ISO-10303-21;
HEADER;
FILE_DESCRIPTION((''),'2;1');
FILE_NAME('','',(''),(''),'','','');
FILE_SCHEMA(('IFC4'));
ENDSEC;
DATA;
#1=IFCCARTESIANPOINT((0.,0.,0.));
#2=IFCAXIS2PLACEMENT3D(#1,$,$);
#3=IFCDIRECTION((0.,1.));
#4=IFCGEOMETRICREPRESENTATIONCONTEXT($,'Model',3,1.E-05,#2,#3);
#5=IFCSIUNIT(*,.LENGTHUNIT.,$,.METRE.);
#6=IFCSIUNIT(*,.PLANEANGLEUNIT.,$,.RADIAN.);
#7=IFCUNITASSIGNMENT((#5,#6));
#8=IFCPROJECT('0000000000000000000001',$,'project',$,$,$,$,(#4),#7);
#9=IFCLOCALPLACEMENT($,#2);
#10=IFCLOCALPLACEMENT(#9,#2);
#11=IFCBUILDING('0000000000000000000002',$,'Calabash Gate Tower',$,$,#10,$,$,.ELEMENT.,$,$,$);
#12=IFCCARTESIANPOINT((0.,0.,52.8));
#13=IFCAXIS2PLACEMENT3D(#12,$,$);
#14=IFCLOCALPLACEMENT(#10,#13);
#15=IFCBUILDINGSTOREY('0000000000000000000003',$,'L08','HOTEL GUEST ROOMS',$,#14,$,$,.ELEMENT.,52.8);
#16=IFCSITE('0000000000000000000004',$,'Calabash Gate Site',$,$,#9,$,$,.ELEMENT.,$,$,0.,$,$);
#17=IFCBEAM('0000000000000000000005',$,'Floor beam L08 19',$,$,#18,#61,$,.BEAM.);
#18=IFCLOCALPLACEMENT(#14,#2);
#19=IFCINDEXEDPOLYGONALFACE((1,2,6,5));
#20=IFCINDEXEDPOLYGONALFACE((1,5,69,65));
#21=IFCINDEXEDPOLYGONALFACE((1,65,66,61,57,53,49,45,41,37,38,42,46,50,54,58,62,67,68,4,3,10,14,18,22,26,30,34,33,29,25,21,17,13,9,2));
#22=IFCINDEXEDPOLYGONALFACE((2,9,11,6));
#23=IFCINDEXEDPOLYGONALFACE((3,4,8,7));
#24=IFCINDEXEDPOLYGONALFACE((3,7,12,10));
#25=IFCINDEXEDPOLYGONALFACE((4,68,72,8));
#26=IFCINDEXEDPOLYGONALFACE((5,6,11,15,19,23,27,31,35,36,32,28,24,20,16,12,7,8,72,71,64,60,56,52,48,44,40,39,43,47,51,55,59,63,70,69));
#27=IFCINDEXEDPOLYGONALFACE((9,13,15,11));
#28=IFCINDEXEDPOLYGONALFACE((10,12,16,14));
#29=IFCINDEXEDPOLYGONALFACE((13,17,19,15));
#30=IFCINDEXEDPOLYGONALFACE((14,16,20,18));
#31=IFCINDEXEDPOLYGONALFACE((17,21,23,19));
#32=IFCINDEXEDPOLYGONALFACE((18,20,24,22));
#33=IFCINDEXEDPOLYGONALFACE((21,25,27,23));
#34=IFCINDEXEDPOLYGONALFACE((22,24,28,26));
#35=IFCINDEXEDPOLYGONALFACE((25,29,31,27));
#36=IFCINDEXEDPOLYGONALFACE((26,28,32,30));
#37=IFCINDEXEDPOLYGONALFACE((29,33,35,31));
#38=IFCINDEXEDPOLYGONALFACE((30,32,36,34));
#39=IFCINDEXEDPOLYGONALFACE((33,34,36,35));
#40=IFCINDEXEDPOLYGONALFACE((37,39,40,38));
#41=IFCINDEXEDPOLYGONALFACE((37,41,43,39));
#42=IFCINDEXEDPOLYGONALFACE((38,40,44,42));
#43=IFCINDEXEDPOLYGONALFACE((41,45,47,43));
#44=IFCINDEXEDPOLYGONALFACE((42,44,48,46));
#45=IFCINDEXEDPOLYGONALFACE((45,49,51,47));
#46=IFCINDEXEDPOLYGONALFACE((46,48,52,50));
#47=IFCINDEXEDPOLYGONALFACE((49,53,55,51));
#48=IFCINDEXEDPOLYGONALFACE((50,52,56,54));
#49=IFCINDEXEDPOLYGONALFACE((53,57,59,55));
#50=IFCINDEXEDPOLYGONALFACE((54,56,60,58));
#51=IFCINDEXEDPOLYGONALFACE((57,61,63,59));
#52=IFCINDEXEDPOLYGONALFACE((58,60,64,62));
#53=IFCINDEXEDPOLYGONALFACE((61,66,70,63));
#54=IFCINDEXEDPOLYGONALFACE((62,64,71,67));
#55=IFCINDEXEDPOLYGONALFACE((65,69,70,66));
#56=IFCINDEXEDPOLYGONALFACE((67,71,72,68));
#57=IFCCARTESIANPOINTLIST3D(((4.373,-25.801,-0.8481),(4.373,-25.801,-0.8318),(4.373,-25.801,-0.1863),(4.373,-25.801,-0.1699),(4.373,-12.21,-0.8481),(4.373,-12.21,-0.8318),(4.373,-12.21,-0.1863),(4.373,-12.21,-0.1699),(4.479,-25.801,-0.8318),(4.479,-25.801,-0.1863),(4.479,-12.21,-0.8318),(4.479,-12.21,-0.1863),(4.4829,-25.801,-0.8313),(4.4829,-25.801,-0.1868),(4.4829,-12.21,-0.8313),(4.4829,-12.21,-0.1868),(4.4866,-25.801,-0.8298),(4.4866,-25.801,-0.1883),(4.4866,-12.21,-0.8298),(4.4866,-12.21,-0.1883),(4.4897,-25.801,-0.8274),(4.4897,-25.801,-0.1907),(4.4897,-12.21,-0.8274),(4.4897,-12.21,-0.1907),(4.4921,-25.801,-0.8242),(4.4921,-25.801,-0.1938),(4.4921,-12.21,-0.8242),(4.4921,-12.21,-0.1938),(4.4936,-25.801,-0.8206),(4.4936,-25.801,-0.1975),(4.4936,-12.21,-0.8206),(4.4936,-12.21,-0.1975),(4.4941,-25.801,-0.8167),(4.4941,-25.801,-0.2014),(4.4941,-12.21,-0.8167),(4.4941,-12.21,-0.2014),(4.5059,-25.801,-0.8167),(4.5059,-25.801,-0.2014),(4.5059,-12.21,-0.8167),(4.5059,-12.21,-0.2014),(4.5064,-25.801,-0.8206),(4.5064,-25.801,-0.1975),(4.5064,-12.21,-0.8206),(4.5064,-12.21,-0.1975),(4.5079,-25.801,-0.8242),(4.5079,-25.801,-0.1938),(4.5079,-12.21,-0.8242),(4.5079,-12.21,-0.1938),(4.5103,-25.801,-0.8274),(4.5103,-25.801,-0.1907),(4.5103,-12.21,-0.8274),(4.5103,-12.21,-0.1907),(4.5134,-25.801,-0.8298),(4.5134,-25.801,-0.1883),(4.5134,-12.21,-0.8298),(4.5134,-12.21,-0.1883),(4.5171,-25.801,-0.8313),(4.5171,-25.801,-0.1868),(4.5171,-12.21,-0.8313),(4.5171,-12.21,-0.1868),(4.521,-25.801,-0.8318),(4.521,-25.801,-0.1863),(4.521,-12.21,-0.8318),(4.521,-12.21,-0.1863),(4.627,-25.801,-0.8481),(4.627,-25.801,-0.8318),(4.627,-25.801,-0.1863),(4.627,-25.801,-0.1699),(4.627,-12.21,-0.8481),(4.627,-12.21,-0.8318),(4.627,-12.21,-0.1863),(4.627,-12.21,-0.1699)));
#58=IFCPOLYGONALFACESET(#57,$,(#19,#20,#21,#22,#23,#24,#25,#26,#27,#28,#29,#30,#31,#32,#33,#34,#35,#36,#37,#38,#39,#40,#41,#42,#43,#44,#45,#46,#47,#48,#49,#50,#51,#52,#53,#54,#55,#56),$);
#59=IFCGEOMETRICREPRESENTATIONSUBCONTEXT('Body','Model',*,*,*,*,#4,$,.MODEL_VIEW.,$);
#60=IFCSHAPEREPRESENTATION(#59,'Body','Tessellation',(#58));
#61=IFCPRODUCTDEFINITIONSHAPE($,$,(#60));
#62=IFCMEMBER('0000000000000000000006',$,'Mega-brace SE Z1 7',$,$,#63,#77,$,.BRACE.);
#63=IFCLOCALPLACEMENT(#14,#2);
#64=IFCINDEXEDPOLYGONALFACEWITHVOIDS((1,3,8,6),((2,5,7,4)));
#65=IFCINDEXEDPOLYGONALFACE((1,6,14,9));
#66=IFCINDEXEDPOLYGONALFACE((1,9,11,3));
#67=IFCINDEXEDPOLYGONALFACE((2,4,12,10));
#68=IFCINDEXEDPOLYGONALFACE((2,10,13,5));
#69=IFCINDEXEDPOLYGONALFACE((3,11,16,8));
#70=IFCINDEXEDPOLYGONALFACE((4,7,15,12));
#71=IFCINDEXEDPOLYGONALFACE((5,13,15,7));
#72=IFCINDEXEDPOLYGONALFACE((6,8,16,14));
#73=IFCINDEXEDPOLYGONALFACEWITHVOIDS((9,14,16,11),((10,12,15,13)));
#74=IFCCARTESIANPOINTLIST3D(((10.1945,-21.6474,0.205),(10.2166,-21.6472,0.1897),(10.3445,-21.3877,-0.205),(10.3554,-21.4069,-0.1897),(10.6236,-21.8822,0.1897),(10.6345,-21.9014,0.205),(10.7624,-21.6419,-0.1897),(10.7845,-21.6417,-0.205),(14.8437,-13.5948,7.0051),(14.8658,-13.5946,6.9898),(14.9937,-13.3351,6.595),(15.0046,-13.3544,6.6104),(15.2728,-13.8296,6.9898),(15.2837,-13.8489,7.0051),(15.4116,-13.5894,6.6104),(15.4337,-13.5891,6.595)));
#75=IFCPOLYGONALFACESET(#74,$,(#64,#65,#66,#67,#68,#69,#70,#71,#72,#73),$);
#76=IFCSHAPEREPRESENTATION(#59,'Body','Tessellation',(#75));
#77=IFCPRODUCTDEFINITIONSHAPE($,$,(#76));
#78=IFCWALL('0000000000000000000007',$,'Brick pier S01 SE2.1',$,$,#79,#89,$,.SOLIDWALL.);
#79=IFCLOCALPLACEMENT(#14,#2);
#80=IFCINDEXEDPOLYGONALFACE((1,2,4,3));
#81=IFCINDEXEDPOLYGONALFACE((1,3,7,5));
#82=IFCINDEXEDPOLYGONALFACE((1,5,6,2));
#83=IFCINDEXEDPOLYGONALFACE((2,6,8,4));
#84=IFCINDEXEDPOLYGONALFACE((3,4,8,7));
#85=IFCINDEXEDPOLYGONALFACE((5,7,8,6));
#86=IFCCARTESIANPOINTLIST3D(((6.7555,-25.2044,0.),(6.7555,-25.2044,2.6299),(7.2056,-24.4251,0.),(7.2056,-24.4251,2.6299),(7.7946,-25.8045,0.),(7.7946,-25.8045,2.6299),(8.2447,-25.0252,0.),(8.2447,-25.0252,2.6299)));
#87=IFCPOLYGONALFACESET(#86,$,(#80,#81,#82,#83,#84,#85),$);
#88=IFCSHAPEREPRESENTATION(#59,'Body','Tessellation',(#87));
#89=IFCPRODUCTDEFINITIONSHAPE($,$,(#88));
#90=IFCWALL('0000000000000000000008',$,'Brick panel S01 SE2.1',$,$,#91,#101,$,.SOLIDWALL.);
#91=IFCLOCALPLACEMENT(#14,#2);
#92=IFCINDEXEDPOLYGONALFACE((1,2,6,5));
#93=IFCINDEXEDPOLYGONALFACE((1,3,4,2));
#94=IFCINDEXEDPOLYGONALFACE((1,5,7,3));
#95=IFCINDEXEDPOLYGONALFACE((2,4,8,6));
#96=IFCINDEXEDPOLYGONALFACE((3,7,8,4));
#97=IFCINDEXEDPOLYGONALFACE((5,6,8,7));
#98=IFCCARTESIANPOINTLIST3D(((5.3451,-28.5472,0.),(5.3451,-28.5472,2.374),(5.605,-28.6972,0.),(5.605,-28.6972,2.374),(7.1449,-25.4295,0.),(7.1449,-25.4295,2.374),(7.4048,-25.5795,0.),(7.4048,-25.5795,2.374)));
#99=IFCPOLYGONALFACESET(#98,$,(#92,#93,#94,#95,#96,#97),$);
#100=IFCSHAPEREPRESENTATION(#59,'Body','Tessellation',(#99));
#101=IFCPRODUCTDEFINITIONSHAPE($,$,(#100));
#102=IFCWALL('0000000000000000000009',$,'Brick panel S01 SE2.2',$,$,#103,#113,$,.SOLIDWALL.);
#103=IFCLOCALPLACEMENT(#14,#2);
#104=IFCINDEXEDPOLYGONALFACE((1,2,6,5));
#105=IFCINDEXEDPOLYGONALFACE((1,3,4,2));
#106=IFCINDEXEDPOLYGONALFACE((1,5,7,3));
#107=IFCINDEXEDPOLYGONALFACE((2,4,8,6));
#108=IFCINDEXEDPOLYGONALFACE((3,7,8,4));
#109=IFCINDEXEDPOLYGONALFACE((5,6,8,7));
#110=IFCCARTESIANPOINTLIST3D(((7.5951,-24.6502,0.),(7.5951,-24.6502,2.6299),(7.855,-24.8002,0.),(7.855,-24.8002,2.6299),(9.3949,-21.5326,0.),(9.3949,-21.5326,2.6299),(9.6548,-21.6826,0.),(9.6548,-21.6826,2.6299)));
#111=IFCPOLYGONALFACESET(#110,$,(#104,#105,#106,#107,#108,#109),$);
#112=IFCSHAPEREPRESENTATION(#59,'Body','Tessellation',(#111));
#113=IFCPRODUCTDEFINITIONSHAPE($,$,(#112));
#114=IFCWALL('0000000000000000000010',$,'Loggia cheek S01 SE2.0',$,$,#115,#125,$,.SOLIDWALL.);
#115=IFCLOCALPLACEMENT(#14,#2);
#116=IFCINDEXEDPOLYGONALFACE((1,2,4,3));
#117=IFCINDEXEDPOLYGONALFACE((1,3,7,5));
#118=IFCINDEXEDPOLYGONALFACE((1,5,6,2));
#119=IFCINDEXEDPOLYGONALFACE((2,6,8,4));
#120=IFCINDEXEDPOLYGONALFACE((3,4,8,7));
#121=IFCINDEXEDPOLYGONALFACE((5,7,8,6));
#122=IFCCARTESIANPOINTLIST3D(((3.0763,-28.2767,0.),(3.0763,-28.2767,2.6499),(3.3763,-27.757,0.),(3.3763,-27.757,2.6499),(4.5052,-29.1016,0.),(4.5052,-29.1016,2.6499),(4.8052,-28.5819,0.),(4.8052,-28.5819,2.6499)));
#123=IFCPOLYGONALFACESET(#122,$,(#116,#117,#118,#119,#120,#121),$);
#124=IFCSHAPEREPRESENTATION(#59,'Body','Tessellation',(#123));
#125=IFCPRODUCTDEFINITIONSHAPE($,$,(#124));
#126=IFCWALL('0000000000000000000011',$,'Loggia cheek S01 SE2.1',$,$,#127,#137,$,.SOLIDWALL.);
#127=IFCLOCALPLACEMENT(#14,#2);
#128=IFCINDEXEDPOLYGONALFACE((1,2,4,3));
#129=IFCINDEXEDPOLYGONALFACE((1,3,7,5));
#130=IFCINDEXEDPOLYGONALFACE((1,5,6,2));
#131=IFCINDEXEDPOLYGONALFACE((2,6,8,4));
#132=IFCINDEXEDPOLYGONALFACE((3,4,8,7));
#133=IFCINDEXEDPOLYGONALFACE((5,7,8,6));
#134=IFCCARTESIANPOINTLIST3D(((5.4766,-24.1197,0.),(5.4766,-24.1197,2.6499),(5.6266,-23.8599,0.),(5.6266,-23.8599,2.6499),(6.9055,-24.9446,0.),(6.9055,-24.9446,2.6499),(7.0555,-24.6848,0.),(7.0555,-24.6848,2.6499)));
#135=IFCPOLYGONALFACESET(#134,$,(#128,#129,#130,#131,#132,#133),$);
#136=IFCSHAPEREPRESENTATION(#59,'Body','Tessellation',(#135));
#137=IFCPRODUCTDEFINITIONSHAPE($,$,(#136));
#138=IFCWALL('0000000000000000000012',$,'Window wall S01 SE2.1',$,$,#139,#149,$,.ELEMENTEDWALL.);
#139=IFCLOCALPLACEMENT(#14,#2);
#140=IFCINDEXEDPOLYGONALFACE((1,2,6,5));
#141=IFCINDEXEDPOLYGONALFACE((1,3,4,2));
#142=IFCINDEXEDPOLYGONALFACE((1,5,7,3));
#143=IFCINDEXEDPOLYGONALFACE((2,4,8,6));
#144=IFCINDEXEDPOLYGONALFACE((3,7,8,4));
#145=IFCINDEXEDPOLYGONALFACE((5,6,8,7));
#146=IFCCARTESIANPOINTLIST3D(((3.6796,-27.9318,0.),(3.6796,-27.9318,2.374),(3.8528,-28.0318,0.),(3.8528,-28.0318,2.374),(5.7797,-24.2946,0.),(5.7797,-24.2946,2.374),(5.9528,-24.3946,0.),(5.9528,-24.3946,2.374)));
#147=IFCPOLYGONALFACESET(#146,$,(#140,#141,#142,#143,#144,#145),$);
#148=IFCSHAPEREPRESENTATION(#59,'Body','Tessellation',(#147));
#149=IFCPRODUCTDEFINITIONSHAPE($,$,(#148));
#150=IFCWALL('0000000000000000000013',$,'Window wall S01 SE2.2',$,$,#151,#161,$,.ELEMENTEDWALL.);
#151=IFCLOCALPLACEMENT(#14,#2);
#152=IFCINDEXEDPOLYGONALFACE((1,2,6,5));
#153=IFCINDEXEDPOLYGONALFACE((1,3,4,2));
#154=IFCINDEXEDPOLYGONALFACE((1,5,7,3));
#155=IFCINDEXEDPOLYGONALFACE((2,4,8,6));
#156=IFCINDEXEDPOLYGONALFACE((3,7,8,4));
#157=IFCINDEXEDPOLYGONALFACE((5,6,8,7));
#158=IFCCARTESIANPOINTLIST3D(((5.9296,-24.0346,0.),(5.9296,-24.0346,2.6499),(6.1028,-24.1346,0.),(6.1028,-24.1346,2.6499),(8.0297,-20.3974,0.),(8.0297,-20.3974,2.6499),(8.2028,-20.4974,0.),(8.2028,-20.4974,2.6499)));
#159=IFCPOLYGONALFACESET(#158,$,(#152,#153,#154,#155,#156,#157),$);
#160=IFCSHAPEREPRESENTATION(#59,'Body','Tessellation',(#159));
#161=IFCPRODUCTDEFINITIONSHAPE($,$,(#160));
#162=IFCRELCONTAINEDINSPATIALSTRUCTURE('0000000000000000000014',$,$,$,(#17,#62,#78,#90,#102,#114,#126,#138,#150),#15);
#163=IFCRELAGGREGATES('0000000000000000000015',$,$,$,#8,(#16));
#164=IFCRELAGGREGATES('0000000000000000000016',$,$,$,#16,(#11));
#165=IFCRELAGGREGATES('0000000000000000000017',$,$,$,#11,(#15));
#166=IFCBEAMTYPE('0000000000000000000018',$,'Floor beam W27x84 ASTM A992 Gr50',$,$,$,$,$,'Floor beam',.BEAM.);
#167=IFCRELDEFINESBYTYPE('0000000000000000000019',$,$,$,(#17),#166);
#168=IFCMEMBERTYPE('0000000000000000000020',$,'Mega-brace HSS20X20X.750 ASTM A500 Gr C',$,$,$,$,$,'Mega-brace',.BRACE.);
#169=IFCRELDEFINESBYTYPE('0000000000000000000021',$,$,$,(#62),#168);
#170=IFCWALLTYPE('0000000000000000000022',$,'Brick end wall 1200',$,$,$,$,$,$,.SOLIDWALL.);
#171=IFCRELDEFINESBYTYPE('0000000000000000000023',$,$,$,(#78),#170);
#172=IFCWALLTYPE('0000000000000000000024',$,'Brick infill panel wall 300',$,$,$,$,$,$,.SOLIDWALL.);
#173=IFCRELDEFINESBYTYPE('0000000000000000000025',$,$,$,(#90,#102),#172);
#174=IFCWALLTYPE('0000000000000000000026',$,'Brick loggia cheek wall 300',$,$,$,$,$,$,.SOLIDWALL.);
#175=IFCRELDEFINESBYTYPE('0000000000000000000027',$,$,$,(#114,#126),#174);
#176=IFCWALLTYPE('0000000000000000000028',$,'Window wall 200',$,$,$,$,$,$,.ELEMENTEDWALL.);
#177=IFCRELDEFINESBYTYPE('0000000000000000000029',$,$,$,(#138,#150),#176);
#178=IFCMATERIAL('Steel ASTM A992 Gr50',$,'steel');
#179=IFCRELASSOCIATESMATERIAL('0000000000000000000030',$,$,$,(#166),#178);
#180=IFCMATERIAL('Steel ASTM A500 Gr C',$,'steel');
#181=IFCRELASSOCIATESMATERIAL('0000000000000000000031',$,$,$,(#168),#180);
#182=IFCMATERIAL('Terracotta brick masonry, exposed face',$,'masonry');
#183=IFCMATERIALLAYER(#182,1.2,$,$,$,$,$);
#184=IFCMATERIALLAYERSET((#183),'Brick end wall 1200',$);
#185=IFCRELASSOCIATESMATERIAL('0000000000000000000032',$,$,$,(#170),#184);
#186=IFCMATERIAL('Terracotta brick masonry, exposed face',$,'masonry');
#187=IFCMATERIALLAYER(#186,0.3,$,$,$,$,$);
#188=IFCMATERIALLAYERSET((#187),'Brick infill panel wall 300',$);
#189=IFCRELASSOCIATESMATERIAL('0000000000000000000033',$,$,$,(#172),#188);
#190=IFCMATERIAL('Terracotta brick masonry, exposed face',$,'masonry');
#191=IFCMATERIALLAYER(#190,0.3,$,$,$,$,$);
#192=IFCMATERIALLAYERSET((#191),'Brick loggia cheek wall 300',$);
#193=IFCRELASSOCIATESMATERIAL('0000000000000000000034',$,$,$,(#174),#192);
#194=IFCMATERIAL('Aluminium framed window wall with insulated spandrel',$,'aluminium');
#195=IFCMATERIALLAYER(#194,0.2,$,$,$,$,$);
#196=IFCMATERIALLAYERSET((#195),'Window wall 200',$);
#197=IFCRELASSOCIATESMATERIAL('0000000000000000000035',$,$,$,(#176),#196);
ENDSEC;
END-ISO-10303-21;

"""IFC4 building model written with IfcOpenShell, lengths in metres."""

from ifc_helpers import new_model, si_unit, direction, frame, frame_2d, origin, origin_2d, place, context, subcontext, project, spatial, rectangle, hollow_rectangle, i_section, extrude, material, layer, layer_set, material_profile, profile_set, type_object, element, save


model = new_model("IFC4")

# Units and contexts
model_context = context("Model", 3, precision=1e-05, world=origin(), true_north=direction((0.0, 1.0)))
body_context = subcontext(model_context, "Body", "Model", "MODEL_VIEW")
ifc_project = project(units=[si_unit("LENGTHUNIT", "METRE"), si_unit("PLANEANGLEUNIT", "RADIAN")], contexts=[model_context])

# Site, building, storey
site_placement = place(None, origin())
site = spatial("IfcSite", under=ifc_project, at=site_placement, Name="Calabash Gate Site", CompositionType="ELEMENT", RefElevation=0.0)
building_placement = place(site_placement, origin())
building = spatial("IfcBuilding", under=site, at=building_placement, Name="Calabash Gate Tower", CompositionType="ELEMENT")
storey_placement = place(building_placement, frame((0.0, 0.0, 52.8)))
storey = spatial("IfcBuildingStorey", under=building, at=storey_placement, Name="L08", Description="HOTEL GUEST ROOMS", CompositionType="ELEMENT", Elevation=52.8)

# Beam
ifc_material_1 = material(Name="Steel ASTM A992 Gr50", Category="steel")
ifc_material_profile_1 = material_profile(ifc_material_1, i_section(OverallWidth=0.2539, OverallDepth=0.6782, WebThickness=0.0117, FlangeThickness=0.0164, FilletRadius=0.0151, at=origin_2d()))
ifc_profile_set_1 = profile_set([ifc_material_profile_1], Name="Steel ASTM A992 Gr50")
beam_type_1 = type_object("IfcBeamType", Name="Floor beam W27x84 ASTM A992 Gr50", ElementType="Floor beam", PredefinedType="BEAM", material=ifc_profile_set_1)
beam_1_placement = place(storey_placement, frame((4.5, -25.801, -0.509), z_axis=(0.0, 1.0, 0.0), x_axis=(-1.0, 0.0, 0.0)))
element("IfcBeam", 1, at=beam_1_placement, inside=storey, type_object=beam_type_1, Name="Floor beam L08 19", PredefinedType="BEAM", context=body_context, shape_type="SweptSolid", body=[
    extrude(i_section(OverallWidth=0.2539, OverallDepth=0.6782, WebThickness=0.0117, FlangeThickness=0.0164, FilletRadius=0.0151, at=origin_2d()), origin(), (0.0, 0.0, 1.0), 13.5911),
])

# Member
ifc_material_2 = material(Name="Steel ASTM A500 Gr C", Category="steel")
ifc_material_profile_2 = material_profile(ifc_material_2, hollow_rectangle(XDim=0.5081, YDim=0.5081, WallThickness=0.019, at=origin_2d()))
ifc_profile_set_2 = profile_set([ifc_material_profile_2], Name="Steel ASTM A500 Gr C")
member_type = type_object("IfcMemberType", Name="Mega-brace HSS20X20X.750 ASTM A500 Gr C", ElementType="Mega-brace", PredefinedType="BRACE", material=ifc_profile_set_2)
member_placement = place(storey_placement, frame((10.4895, -21.6445, 0.0), z_axis=(0.403593, 0.699033, 0.590309), x_axis=(-0.866022, 0.500005, 0.0)))
element("IfcMember", 2, at=member_placement, inside=storey, type_object=member_type, Name="Mega-brace SE Z1 7", PredefinedType="BRACE", context=body_context, shape_type="SweptSolid", body=[
    extrude(hollow_rectangle(XDim=0.5081, YDim=0.5081, WallThickness=0.019, at=origin_2d()), origin(), (0.0, 0.0, 1.0), 11.5195),
])

# Walls
ifc_material_3 = material(Name="Terracotta brick masonry, exposed face", Category="masonry")
ifc_layer_1 = layer(ifc_material_3, 1.2)
ifc_layer_set_1 = layer_set([ifc_layer_1], Name="Brick end wall 1200")
wall_type_1 = type_object("IfcWallType", Name="Brick end wall 1200", PredefinedType="SOLIDWALL", material=ifc_layer_set_1)
wall_1_placement = place(storey_placement, frame((6.9805, -24.8147, 0.0), z_axis=(0.0, 0.0, 1.0), x_axis=(0.865955, -0.500122, 0.0)))
element("IfcWall", 3, at=wall_1_placement, inside=storey, type_object=wall_type_1, Name="Brick pier S01 SE2.1", PredefinedType="SOLIDWALL", context=body_context, shape_type="SweptSolid", body=[
    extrude(rectangle(XDim=1.2, YDim=0.8999, at=frame_2d((0.6001, 0.0))), origin(), (0.0, 0.0, 1.0), 2.6299),
])
ifc_material_4 = material(Name="Terracotta brick masonry, exposed face", Category="masonry")
ifc_layer_2 = layer(ifc_material_4, 0.3)
ifc_layer_set_2 = layer_set([ifc_layer_2], Name="Brick infill panel wall 300")
wall_type_2 = type_object("IfcWallType", Name="Brick infill panel wall 300", PredefinedType="SOLIDWALL", material=ifc_layer_set_2)
wall_2_placement = place(storey_placement, frame((5.4751, -28.6221, 0.0), z_axis=(0.0, 0.0, 1.0), x_axis=(0.499961, 0.866048, 0.0)))
element("IfcWall", 4, at=wall_2_placement, inside=storey, type_object=wall_type_2, Name="Brick panel S01 SE2.1", PredefinedType="SOLIDWALL", context=body_context, shape_type="SweptSolid", body=[
    extrude(rectangle(XDim=3.5999, YDim=0.3, at=frame_2d((1.7998, 0.0))), origin(), (0.0, 0.0, 1.0), 2.374),
])
wall_3_placement = place(storey_placement, frame((7.7251, -24.7251, 0.0), z_axis=(0.0, 0.0, 1.0), x_axis=(0.499961, 0.866048, 0.0)))
element("IfcWall", 5, at=wall_3_placement, inside=storey, type_object=wall_type_2, Name="Brick panel S01 SE2.2", PredefinedType="SOLIDWALL", context=body_context, shape_type="SweptSolid", body=[
    extrude(rectangle(XDim=3.5999, YDim=0.3, at=frame_2d((1.7998, 0.0))), origin(), (0.0, 0.0, 1.0), 2.6299),
])
ifc_material_5 = material(Name="Terracotta brick masonry, exposed face", Category="masonry")
ifc_layer_3 = layer(ifc_material_5, 0.3)
ifc_layer_set_3 = layer_set([ifc_layer_3], Name="Brick loggia cheek wall 300")
wall_type_3 = type_object("IfcWallType", Name="Brick loggia cheek wall 300", PredefinedType="SOLIDWALL", material=ifc_layer_set_3)
wall_4_placement = place(storey_placement, frame((3.2263, -28.0168, 0.0), z_axis=(0.0, 0.0, 1.0), x_axis=(0.86604, -0.499974, 0.0)))
element("IfcWall", 6, at=wall_4_placement, inside=storey, type_object=wall_type_3, Name="Loggia cheek S01 SE2.0", PredefinedType="SOLIDWALL", context=body_context, shape_type="SweptSolid", body=[
    extrude(rectangle(XDim=1.6499, YDim=0.6001, at=frame_2d((0.825, 0.0))), origin(), (0.0, 0.0, 1.0), 2.6499),
])
wall_5_placement = place(storey_placement, frame((6.9805, -24.8147, 0.0), z_axis=(0.0, 0.0, 1.0), x_axis=(-0.86604, 0.499974, 0.0)))
element("IfcWall", 7, at=wall_5_placement, inside=storey, type_object=wall_type_3, Name="Loggia cheek S01 SE2.1", PredefinedType="SOLIDWALL", context=body_context, shape_type="SweptSolid", body=[
    extrude(rectangle(XDim=1.6499, YDim=0.3, at=frame_2d((0.825, 0.0))), origin(), (0.0, 0.0, 1.0), 2.6499),
])
ifc_material_6 = material(Name="Aluminium framed window wall with insulated spandrel", Category="aluminium")
ifc_layer_4 = layer(ifc_material_6, 0.2)
ifc_layer_set_4 = layer_set([ifc_layer_4], Name="Window wall 200")
wall_type_4 = type_object("IfcWallType", Name="Window wall 200", PredefinedType="ELEMENTEDWALL", material=ifc_layer_set_4)
wall_6_placement = place(storey_placement, frame((3.7661, -27.9819, 0.0), z_axis=(0.0, 0.0, 1.0), x_axis=(0.500028, 0.866009, 0.0)))
element("IfcWall", 8, at=wall_6_placement, inside=storey, type_object=wall_type_4, Name="Window wall S01 SE2.1", PredefinedType="ELEMENTEDWALL", context=body_context, shape_type="SweptSolid", body=[
    extrude(rectangle(XDim=4.2, YDim=0.2, at=frame_2d((2.1001, 0.0))), origin(), (0.0, 0.0, 1.0), 2.374),
])
wall_7_placement = place(storey_placement, frame((6.0161, -24.0847, 0.0), z_axis=(0.0, 0.0, 1.0), x_axis=(0.500028, 0.866009, 0.0)))
element("IfcWall", 9, at=wall_7_placement, inside=storey, type_object=wall_type_4, Name="Window wall S01 SE2.2", PredefinedType="ELEMENTEDWALL", context=body_context, shape_type="SweptSolid", body=[
    extrude(rectangle(XDim=4.2, YDim=0.2, at=frame_2d((2.1001, 0.0))), origin(), (0.0, 0.0, 1.0), 2.6499),
])

save(model, "model.ifc")
